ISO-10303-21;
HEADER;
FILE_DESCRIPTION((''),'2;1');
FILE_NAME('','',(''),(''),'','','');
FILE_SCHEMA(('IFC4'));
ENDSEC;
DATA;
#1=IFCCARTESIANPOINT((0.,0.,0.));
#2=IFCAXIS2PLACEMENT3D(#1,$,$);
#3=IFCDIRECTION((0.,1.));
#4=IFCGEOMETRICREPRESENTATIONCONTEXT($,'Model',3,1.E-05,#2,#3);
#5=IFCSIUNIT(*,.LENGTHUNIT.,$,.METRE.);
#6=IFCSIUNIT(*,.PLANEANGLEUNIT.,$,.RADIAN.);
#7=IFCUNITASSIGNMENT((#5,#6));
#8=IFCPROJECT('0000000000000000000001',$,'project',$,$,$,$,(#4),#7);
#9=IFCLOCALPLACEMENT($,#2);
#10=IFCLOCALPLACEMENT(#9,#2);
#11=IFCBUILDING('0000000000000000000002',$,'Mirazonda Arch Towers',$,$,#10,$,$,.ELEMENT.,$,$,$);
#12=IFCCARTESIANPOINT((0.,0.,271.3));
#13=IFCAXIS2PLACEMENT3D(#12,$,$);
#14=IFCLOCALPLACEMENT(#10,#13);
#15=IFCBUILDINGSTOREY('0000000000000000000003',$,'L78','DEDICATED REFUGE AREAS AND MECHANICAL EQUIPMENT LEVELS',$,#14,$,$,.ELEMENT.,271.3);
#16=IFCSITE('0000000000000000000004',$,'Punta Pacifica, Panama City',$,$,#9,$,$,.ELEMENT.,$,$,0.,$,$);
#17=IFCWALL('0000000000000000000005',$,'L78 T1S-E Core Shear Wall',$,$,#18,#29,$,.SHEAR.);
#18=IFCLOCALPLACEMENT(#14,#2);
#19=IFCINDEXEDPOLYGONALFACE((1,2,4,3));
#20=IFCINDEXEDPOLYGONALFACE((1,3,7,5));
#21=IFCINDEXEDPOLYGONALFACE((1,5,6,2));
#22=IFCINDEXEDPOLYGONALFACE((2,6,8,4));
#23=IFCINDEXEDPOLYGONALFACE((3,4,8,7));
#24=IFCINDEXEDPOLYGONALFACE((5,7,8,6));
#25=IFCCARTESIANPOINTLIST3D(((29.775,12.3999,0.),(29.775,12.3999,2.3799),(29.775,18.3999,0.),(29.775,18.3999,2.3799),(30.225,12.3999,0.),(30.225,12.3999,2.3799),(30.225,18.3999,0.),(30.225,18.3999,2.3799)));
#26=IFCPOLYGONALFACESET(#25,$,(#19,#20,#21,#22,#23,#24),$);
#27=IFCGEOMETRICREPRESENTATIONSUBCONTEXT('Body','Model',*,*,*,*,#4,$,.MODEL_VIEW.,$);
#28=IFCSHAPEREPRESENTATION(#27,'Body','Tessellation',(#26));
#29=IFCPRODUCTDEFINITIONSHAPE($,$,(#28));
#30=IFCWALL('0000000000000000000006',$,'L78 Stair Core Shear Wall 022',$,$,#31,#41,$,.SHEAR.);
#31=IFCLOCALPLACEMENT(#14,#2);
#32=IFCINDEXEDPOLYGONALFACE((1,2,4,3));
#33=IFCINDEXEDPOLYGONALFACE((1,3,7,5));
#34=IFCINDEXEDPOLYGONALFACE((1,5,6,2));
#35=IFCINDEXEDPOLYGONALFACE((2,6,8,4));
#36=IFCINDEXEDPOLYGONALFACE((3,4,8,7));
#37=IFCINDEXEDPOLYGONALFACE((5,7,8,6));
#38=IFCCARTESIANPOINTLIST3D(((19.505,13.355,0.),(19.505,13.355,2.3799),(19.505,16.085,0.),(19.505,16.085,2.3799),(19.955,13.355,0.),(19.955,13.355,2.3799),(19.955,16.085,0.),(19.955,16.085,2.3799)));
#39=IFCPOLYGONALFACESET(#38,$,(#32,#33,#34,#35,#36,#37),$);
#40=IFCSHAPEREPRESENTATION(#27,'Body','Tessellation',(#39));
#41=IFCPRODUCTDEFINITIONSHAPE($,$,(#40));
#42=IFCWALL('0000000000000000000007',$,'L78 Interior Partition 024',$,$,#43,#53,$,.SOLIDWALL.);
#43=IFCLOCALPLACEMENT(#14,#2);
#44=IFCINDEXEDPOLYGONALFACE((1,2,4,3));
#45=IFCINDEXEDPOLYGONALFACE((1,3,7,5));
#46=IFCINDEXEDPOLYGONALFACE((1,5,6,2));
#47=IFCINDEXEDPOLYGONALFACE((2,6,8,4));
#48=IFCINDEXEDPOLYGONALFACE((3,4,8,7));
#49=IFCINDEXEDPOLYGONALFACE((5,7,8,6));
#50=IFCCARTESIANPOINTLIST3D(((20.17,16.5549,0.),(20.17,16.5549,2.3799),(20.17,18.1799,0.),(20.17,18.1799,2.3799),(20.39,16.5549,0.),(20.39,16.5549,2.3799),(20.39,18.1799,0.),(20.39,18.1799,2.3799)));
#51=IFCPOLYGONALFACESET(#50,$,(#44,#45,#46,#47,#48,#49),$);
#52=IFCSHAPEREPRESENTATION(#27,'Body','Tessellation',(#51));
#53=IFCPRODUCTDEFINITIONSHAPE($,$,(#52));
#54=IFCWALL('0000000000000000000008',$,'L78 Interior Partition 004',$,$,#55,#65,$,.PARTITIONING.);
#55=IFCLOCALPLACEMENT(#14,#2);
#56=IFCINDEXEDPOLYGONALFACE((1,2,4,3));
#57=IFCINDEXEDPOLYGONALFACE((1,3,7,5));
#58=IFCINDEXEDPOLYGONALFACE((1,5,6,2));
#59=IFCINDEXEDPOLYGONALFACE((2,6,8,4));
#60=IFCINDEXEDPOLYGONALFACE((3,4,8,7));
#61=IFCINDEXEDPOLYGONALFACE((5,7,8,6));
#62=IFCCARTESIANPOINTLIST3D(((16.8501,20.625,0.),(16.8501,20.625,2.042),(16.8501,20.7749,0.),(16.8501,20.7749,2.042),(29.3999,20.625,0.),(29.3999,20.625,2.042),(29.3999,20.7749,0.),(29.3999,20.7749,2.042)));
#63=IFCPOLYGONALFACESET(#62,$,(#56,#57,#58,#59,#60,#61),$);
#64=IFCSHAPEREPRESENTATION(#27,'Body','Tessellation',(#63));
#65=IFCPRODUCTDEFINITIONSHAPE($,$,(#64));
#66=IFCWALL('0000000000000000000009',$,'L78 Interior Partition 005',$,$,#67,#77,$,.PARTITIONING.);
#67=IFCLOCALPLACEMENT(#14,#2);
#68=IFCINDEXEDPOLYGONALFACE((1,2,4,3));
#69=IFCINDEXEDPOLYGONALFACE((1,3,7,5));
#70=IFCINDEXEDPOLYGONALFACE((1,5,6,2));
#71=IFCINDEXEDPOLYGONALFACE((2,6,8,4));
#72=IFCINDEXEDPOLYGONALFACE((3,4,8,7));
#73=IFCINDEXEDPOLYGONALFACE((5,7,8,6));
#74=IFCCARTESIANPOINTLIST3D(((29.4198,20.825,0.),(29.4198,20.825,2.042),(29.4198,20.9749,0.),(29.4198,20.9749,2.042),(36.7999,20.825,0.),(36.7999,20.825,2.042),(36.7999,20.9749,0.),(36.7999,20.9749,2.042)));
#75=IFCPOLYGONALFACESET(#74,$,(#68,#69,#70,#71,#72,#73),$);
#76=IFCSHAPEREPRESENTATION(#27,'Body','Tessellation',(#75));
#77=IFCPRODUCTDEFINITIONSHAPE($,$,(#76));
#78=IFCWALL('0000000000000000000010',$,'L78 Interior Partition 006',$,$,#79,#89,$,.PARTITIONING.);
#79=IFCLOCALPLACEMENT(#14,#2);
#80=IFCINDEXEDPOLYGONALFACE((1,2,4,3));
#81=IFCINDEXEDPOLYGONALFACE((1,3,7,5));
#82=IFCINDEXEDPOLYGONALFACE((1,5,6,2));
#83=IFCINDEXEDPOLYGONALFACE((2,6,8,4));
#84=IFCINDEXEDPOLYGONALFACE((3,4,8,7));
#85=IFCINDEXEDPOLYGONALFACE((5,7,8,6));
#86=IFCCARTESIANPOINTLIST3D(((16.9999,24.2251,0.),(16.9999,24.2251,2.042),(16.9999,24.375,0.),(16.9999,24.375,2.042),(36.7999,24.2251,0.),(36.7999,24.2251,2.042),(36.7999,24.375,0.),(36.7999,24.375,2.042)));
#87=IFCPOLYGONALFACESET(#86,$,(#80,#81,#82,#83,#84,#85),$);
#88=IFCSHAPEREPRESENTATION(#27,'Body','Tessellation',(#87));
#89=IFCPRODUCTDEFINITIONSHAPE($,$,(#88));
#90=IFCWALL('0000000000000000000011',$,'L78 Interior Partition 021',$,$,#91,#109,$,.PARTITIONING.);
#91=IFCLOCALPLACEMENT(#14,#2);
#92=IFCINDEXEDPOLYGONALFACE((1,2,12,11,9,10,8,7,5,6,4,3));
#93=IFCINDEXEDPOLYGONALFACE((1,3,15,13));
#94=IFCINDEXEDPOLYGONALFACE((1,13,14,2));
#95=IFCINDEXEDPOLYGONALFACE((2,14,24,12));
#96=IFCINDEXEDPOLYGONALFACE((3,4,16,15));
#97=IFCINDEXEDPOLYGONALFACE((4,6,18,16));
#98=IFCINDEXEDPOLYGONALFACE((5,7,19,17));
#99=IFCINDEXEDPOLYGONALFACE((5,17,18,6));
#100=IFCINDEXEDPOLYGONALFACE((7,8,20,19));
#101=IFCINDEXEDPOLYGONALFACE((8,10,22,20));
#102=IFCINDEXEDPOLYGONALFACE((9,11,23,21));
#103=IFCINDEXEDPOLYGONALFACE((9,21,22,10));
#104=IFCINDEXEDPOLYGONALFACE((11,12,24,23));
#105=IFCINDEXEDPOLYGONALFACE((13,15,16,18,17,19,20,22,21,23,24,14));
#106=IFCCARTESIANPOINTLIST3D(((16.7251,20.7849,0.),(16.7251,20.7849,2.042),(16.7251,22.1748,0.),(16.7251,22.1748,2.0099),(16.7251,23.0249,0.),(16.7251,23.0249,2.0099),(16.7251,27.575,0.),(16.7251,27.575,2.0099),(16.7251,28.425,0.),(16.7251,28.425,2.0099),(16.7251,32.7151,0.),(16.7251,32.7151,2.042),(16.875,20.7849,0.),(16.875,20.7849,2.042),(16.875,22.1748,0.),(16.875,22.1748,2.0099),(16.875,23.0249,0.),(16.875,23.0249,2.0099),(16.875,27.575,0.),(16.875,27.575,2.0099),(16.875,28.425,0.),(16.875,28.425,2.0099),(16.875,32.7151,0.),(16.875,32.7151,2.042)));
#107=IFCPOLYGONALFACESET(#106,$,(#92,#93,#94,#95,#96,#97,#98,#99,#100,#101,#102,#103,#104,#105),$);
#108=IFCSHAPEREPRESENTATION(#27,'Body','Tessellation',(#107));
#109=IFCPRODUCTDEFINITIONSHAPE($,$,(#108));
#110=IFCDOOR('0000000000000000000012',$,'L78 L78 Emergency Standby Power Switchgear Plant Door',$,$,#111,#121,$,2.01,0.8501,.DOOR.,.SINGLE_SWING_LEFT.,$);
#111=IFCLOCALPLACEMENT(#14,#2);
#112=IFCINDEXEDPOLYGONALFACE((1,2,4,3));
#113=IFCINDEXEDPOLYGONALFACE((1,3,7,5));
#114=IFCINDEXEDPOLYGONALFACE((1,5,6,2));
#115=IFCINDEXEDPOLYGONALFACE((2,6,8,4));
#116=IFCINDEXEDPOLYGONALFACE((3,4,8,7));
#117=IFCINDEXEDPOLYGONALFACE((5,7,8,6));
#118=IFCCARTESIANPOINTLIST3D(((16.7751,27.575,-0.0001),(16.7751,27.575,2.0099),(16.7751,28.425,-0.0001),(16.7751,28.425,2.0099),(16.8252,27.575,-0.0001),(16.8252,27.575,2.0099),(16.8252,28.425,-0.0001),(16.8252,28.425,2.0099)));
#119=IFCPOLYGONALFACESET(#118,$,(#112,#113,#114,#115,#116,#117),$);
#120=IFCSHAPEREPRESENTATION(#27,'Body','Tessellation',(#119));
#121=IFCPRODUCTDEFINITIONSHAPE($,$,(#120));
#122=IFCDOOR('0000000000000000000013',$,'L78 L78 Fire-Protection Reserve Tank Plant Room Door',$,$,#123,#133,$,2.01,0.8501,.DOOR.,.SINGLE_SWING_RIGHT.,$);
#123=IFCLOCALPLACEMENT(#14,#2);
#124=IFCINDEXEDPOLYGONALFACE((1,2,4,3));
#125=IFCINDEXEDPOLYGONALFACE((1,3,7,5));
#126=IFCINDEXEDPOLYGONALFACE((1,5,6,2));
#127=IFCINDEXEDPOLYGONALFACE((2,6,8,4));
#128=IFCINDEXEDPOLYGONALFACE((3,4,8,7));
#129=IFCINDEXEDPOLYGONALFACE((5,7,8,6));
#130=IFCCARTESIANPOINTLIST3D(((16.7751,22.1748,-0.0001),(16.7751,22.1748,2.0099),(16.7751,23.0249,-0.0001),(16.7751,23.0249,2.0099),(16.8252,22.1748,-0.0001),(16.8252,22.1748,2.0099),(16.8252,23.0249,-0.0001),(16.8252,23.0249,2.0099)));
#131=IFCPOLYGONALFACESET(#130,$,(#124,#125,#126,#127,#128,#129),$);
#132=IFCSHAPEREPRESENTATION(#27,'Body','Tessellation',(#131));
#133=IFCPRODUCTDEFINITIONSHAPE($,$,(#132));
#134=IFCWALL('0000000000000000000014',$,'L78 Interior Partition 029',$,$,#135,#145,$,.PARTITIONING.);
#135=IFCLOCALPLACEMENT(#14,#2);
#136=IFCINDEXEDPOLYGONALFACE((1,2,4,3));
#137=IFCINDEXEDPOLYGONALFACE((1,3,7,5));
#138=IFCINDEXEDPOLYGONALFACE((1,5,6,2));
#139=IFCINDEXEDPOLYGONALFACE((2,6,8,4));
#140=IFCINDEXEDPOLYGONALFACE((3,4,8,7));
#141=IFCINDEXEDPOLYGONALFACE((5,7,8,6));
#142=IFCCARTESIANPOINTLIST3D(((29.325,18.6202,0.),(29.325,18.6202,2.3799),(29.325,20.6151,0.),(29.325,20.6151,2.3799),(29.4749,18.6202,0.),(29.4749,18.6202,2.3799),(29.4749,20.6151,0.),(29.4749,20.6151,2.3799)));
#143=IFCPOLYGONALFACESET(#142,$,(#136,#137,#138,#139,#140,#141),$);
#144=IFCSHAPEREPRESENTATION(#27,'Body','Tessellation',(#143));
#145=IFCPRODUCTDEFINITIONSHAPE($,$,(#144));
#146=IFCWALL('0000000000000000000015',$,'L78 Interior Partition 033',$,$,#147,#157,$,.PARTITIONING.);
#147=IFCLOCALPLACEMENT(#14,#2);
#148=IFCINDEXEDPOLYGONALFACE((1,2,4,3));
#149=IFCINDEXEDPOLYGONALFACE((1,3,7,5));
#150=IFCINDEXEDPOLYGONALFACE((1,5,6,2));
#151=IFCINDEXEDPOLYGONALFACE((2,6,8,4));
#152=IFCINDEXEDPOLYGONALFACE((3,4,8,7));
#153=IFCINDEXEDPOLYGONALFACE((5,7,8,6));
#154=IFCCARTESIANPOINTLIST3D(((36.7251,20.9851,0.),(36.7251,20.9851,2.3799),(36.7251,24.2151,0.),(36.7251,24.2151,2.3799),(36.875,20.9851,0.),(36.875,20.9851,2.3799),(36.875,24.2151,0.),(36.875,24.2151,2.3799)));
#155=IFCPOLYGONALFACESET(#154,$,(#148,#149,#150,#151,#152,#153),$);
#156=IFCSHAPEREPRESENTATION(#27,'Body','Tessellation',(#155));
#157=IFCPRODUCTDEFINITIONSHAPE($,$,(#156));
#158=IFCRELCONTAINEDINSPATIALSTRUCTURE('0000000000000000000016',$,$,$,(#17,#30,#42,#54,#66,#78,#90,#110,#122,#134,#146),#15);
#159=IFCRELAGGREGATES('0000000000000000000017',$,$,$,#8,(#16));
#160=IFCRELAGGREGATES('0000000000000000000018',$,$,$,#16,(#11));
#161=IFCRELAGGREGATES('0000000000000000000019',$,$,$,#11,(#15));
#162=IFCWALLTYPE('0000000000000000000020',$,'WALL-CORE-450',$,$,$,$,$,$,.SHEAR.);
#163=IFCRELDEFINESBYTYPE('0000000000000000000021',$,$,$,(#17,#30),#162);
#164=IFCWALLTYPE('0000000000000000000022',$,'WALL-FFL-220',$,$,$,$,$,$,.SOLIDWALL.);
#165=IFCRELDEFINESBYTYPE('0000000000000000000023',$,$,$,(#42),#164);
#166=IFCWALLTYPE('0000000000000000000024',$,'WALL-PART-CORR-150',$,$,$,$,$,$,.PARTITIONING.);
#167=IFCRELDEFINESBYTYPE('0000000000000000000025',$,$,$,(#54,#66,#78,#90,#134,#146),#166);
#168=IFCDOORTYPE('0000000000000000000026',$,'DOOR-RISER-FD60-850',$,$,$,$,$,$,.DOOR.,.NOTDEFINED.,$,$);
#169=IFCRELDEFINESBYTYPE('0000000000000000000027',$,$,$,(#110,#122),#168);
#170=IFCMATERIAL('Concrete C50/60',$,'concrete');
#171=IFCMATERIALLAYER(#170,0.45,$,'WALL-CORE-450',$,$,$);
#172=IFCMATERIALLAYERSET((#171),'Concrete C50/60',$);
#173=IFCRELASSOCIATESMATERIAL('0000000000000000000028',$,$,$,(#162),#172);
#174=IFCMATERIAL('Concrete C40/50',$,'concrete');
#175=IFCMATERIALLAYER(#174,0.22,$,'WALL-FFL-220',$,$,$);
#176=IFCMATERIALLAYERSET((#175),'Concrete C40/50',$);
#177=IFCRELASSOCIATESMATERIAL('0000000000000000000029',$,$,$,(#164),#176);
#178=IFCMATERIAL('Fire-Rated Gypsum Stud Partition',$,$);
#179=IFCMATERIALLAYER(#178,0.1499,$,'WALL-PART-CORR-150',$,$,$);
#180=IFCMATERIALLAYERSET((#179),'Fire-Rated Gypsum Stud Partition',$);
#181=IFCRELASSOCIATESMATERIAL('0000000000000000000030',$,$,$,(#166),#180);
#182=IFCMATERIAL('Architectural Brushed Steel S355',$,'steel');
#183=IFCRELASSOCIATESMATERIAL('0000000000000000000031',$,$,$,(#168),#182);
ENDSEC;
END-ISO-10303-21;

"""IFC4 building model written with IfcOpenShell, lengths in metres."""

from ifc_helpers import new_model, si_unit, direction, frame, frame_2d, origin, place, context, subcontext, project, spatial, rectangle, extrude, material, layer, layer_set, type_object, element, fill, save


model = new_model("IFC4")

# Units and contexts
model_context = context("Model", 3, precision=1e-05, world=origin(), true_north=direction((0.0, 1.0)))
body_context = subcontext(model_context, "Body", "Model", "MODEL_VIEW")
ifc_project = project(units=[si_unit("LENGTHUNIT", "METRE"), si_unit("PLANEANGLEUNIT", "RADIAN")], contexts=[model_context])

# Site, building, storey
site_placement = place(None, origin())
site = spatial("IfcSite", under=ifc_project, at=site_placement, Name="Punta Pacifica, Panama City", CompositionType="ELEMENT", RefElevation=0.0)
building_placement = place(site_placement, origin())
building = spatial("IfcBuilding", under=site, at=building_placement, Name="Mirazonda Arch Towers", CompositionType="ELEMENT")
storey_placement = place(building_placement, frame((0.0, 0.0, 271.3)))
storey = spatial("IfcBuildingStorey", under=building, at=storey_placement, Name="L78", Description="DEDICATED REFUGE AREAS AND MECHANICAL EQUIPMENT LEVELS", CompositionType="ELEMENT", Elevation=271.3)

# Shared definitions
ifc_material_1 = material(Name="Concrete C50/60", Category="concrete")

# Walls
ifc_layer_1 = layer(ifc_material_1, 0.45, Name="WALL-CORE-450")
ifc_layer_set_1 = layer_set([ifc_layer_1], Name="Concrete C50/60")
wall_type_1 = type_object("IfcWallType", Name="WALL-CORE-450", PredefinedType="SHEAR", material=ifc_layer_set_1)
wall_1_placement = place(storey_placement, frame((30.0, 12.3999, 0.0), z_axis=(0.0, 0.0, 1.0), x_axis=(0.0, 1.0, 0.0)))
element("IfcWall", 1, at=wall_1_placement, inside=storey, type_object=wall_type_1, Name="L78 T1S-E Core Shear Wall", PredefinedType="SHEAR", context=body_context, shape_type="SweptSolid", body=[
    extrude(rectangle(XDim=6.0, YDim=0.45, at=frame_2d((3.0, 0.0))), origin(), (0.0, 0.0, 1.0), 2.3799),
])
wall_2_placement = place(storey_placement, frame((19.73, 13.355, 0.0), z_axis=(0.0, 0.0, 1.0), x_axis=(0.0, 1.0, 0.0)))
element("IfcWall", 2, at=wall_2_placement, inside=storey, type_object=wall_type_1, Name="L78 Stair Core Shear Wall 022", PredefinedType="SHEAR", context=body_context, shape_type="SweptSolid", body=[
    extrude(rectangle(XDim=2.73, YDim=0.45, at=frame_2d((1.365, 0.0))), origin(), (0.0, 0.0, 1.0), 2.3799),
])
ifc_material_2 = material(Name="Concrete C40/50", Category="concrete")
ifc_layer_2 = layer(ifc_material_2, 0.22, Name="WALL-FFL-220")
ifc_layer_set_2 = layer_set([ifc_layer_2], Name="Concrete C40/50")
wall_type_2 = type_object("IfcWallType", Name="WALL-FFL-220", PredefinedType="SOLIDWALL", material=ifc_layer_set_2)
wall_3_placement = place(storey_placement, frame((20.28, 16.5549, 0.0), z_axis=(0.0, 0.0, 1.0), x_axis=(0.0, 1.0, 0.0)))
element("IfcWall", 3, at=wall_3_placement, inside=storey, type_object=wall_type_2, Name="L78 Interior Partition 024", PredefinedType="SOLIDWALL", context=body_context, shape_type="SweptSolid", body=[
    extrude(rectangle(XDim=1.625, YDim=0.22, at=frame_2d((0.8125, 0.0))), origin(), (0.0, 0.0, 1.0), 2.3799),
])
ifc_material_3 = material(Name="Fire-Rated Gypsum Stud Partition")
ifc_layer_3 = layer(ifc_material_3, 0.1499, Name="WALL-PART-CORR-150")
ifc_layer_set_3 = layer_set([ifc_layer_3], Name="Fire-Rated Gypsum Stud Partition")
wall_type_3 = type_object("IfcWallType", Name="WALL-PART-CORR-150", PredefinedType="PARTITIONING", material=ifc_layer_set_3)
wall_4_placement = place(storey_placement, frame((16.8501, 20.7, 0.0), z_axis=(0.0, 0.0, 1.0), x_axis=(1.0, 0.0, 0.0)))
element("IfcWall", 4, at=wall_4_placement, inside=storey, type_object=wall_type_3, Name="L78 Interior Partition 004", PredefinedType="PARTITIONING", context=body_context, shape_type="SweptSolid", body=[
    extrude(rectangle(XDim=12.5498, YDim=0.1499, at=frame_2d((6.2749, 0.0))), origin(), (0.0, 0.0, 1.0), 2.042),
])
wall_5_placement = place(storey_placement, frame((29.4199, 20.8999, 0.0), z_axis=(0.0, 0.0, 1.0), x_axis=(1.0, 0.0, 0.0)))
element("IfcWall", 5, at=wall_5_placement, inside=storey, type_object=wall_type_3, Name="L78 Interior Partition 005", PredefinedType="PARTITIONING", context=body_context, shape_type="SweptSolid", body=[
    extrude(rectangle(XDim=7.3801, YDim=0.1499, at=frame_2d((3.6899, 0.0))), origin(), (0.0, 0.0, 1.0), 2.042),
])
wall_6_placement = place(storey_placement, frame((17.0, 24.3, 0.0), z_axis=(0.0, 0.0, 1.0), x_axis=(1.0, 0.0, 0.0)))
element("IfcWall", 6, at=wall_6_placement, inside=storey, type_object=wall_type_3, Name="L78 Interior Partition 006", PredefinedType="PARTITIONING", context=body_context, shape_type="SweptSolid", body=[
    extrude(rectangle(XDim=19.8, YDim=0.1499, at=frame_2d((9.8999, 0.0))), origin(), (0.0, 0.0, 1.0), 2.042),
])

# Wall, openings, doors
wall_7_placement = place(storey_placement, frame((16.8, 20.7849, 0.0), z_axis=(0.0, 0.0, 1.0), x_axis=(0.0, 1.0, 0.0)))
wall_7 = element("IfcWall", 7, at=wall_7_placement, inside=storey, type_object=wall_type_3, Name="L78 Interior Partition 021", PredefinedType="PARTITIONING", context=body_context, shape_type="SweptSolid", body=[
    extrude(rectangle(XDim=11.9302, YDim=0.1499, at=frame_2d((5.9651, 0.0))), origin(), (0.0, 0.0, 1.0), 2.042),
])
opening_1_placement = place(wall_7_placement, frame((6.79, 0.0, 0.0)))
opening_1 = element("IfcOpeningElement", 8, at=opening_1_placement, cuts=wall_7, PredefinedType="OPENING", context=body_context, shape_type="SweptSolid", body=[
    extrude(rectangle(XDim=0.8501, YDim=2.01, at=frame_2d((0.425, 1.0049))), frame((0.0, 0.085, 0.0), z_axis=(0.0, -1.0, 0.0), x_axis=(1.0, 0.0, 0.0)), (0.0, 0.0, 1.0), 0.1699),
])
opening_2_placement = place(wall_7_placement, frame((1.3899, 0.0, 0.0)))
opening_2 = element("IfcOpeningElement", 9, at=opening_2_placement, cuts=wall_7, PredefinedType="OPENING", context=body_context, shape_type="SweptSolid", body=[
    extrude(rectangle(XDim=0.8501, YDim=2.01, at=frame_2d((0.425, 1.0049))), frame((0.0, 0.085, 0.0), z_axis=(0.0, -1.0, 0.0), x_axis=(1.0, 0.0, 0.0)), (0.0, 0.0, 1.0), 0.1699),
])
ifc_material_4 = material(Name="Architectural Brushed Steel S355", Category="steel")
door_type = type_object("IfcDoorType", Name="DOOR-RISER-FD60-850", OperationType="NOTDEFINED", PredefinedType="DOOR", material=ifc_material_4)
door_1_placement = place(opening_1_placement, origin())
door_1 = element("IfcDoor", 10, at=door_1_placement, inside=storey, type_object=door_type, Name="L78 L78 Emergency Standby Power Switchgear Plant Door", OperationType="SINGLE_SWING_LEFT", OverallHeight=2.01, OverallWidth=0.8501, PredefinedType="DOOR", context=body_context, shape_type="SweptSolid", body=[
    extrude(rectangle(XDim=0.8501, YDim=2.01, at=frame_2d((0.425, 1.0049))), frame((0.0, 0.0249, 0.0), z_axis=(0.0, -1.0, 0.0), x_axis=(1.0, 0.0, 0.0)), (0.0, 0.0, 1.0), 0.05),
])
fill(opening_1, door_1)
door_2_placement = place(opening_2_placement, origin())
door_2 = element("IfcDoor", 11, at=door_2_placement, inside=storey, type_object=door_type, Name="L78 L78 Fire-Protection Reserve Tank Plant Room Door", OperationType="SINGLE_SWING_RIGHT", OverallHeight=2.01, OverallWidth=0.8501, PredefinedType="DOOR", context=body_context, shape_type="SweptSolid", body=[
    extrude(rectangle(XDim=0.8501, YDim=2.01, at=frame_2d((0.425, 1.0049))), frame((0.0, 0.0249, 0.0), z_axis=(0.0, -1.0, 0.0), x_axis=(1.0, 0.0, 0.0)), (0.0, 0.0, 1.0), 0.05),
])
fill(opening_2, door_2)

# Walls
wall_8_placement = place(storey_placement, frame((29.3999, 18.6201, 0.0), z_axis=(0.0, 0.0, 1.0), x_axis=(0.0, 1.0, 0.0)))
element("IfcWall", 12, at=wall_8_placement, inside=storey, type_object=wall_type_3, Name="L78 Interior Partition 029", PredefinedType="PARTITIONING", context=body_context, shape_type="SweptSolid", body=[
    extrude(rectangle(XDim=1.9949, YDim=0.1499, at=frame_2d((0.9976, 0.0))), origin(), (0.0, 0.0, 1.0), 2.3799),
])
wall_9_placement = place(storey_placement, frame((36.8, 20.9851, 0.0), z_axis=(0.0, 0.0, 1.0), x_axis=(0.0, 1.0, 0.0)))
element("IfcWall", 13, at=wall_9_placement, inside=storey, type_object=wall_type_3, Name="L78 Interior Partition 033", PredefinedType="PARTITIONING", context=body_context, shape_type="SweptSolid", body=[
    extrude(rectangle(XDim=3.23, YDim=0.1499, at=frame_2d((1.615, 0.0))), origin(), (0.0, 0.0, 1.0), 2.3799),
])

save(model, "model.ifc")
